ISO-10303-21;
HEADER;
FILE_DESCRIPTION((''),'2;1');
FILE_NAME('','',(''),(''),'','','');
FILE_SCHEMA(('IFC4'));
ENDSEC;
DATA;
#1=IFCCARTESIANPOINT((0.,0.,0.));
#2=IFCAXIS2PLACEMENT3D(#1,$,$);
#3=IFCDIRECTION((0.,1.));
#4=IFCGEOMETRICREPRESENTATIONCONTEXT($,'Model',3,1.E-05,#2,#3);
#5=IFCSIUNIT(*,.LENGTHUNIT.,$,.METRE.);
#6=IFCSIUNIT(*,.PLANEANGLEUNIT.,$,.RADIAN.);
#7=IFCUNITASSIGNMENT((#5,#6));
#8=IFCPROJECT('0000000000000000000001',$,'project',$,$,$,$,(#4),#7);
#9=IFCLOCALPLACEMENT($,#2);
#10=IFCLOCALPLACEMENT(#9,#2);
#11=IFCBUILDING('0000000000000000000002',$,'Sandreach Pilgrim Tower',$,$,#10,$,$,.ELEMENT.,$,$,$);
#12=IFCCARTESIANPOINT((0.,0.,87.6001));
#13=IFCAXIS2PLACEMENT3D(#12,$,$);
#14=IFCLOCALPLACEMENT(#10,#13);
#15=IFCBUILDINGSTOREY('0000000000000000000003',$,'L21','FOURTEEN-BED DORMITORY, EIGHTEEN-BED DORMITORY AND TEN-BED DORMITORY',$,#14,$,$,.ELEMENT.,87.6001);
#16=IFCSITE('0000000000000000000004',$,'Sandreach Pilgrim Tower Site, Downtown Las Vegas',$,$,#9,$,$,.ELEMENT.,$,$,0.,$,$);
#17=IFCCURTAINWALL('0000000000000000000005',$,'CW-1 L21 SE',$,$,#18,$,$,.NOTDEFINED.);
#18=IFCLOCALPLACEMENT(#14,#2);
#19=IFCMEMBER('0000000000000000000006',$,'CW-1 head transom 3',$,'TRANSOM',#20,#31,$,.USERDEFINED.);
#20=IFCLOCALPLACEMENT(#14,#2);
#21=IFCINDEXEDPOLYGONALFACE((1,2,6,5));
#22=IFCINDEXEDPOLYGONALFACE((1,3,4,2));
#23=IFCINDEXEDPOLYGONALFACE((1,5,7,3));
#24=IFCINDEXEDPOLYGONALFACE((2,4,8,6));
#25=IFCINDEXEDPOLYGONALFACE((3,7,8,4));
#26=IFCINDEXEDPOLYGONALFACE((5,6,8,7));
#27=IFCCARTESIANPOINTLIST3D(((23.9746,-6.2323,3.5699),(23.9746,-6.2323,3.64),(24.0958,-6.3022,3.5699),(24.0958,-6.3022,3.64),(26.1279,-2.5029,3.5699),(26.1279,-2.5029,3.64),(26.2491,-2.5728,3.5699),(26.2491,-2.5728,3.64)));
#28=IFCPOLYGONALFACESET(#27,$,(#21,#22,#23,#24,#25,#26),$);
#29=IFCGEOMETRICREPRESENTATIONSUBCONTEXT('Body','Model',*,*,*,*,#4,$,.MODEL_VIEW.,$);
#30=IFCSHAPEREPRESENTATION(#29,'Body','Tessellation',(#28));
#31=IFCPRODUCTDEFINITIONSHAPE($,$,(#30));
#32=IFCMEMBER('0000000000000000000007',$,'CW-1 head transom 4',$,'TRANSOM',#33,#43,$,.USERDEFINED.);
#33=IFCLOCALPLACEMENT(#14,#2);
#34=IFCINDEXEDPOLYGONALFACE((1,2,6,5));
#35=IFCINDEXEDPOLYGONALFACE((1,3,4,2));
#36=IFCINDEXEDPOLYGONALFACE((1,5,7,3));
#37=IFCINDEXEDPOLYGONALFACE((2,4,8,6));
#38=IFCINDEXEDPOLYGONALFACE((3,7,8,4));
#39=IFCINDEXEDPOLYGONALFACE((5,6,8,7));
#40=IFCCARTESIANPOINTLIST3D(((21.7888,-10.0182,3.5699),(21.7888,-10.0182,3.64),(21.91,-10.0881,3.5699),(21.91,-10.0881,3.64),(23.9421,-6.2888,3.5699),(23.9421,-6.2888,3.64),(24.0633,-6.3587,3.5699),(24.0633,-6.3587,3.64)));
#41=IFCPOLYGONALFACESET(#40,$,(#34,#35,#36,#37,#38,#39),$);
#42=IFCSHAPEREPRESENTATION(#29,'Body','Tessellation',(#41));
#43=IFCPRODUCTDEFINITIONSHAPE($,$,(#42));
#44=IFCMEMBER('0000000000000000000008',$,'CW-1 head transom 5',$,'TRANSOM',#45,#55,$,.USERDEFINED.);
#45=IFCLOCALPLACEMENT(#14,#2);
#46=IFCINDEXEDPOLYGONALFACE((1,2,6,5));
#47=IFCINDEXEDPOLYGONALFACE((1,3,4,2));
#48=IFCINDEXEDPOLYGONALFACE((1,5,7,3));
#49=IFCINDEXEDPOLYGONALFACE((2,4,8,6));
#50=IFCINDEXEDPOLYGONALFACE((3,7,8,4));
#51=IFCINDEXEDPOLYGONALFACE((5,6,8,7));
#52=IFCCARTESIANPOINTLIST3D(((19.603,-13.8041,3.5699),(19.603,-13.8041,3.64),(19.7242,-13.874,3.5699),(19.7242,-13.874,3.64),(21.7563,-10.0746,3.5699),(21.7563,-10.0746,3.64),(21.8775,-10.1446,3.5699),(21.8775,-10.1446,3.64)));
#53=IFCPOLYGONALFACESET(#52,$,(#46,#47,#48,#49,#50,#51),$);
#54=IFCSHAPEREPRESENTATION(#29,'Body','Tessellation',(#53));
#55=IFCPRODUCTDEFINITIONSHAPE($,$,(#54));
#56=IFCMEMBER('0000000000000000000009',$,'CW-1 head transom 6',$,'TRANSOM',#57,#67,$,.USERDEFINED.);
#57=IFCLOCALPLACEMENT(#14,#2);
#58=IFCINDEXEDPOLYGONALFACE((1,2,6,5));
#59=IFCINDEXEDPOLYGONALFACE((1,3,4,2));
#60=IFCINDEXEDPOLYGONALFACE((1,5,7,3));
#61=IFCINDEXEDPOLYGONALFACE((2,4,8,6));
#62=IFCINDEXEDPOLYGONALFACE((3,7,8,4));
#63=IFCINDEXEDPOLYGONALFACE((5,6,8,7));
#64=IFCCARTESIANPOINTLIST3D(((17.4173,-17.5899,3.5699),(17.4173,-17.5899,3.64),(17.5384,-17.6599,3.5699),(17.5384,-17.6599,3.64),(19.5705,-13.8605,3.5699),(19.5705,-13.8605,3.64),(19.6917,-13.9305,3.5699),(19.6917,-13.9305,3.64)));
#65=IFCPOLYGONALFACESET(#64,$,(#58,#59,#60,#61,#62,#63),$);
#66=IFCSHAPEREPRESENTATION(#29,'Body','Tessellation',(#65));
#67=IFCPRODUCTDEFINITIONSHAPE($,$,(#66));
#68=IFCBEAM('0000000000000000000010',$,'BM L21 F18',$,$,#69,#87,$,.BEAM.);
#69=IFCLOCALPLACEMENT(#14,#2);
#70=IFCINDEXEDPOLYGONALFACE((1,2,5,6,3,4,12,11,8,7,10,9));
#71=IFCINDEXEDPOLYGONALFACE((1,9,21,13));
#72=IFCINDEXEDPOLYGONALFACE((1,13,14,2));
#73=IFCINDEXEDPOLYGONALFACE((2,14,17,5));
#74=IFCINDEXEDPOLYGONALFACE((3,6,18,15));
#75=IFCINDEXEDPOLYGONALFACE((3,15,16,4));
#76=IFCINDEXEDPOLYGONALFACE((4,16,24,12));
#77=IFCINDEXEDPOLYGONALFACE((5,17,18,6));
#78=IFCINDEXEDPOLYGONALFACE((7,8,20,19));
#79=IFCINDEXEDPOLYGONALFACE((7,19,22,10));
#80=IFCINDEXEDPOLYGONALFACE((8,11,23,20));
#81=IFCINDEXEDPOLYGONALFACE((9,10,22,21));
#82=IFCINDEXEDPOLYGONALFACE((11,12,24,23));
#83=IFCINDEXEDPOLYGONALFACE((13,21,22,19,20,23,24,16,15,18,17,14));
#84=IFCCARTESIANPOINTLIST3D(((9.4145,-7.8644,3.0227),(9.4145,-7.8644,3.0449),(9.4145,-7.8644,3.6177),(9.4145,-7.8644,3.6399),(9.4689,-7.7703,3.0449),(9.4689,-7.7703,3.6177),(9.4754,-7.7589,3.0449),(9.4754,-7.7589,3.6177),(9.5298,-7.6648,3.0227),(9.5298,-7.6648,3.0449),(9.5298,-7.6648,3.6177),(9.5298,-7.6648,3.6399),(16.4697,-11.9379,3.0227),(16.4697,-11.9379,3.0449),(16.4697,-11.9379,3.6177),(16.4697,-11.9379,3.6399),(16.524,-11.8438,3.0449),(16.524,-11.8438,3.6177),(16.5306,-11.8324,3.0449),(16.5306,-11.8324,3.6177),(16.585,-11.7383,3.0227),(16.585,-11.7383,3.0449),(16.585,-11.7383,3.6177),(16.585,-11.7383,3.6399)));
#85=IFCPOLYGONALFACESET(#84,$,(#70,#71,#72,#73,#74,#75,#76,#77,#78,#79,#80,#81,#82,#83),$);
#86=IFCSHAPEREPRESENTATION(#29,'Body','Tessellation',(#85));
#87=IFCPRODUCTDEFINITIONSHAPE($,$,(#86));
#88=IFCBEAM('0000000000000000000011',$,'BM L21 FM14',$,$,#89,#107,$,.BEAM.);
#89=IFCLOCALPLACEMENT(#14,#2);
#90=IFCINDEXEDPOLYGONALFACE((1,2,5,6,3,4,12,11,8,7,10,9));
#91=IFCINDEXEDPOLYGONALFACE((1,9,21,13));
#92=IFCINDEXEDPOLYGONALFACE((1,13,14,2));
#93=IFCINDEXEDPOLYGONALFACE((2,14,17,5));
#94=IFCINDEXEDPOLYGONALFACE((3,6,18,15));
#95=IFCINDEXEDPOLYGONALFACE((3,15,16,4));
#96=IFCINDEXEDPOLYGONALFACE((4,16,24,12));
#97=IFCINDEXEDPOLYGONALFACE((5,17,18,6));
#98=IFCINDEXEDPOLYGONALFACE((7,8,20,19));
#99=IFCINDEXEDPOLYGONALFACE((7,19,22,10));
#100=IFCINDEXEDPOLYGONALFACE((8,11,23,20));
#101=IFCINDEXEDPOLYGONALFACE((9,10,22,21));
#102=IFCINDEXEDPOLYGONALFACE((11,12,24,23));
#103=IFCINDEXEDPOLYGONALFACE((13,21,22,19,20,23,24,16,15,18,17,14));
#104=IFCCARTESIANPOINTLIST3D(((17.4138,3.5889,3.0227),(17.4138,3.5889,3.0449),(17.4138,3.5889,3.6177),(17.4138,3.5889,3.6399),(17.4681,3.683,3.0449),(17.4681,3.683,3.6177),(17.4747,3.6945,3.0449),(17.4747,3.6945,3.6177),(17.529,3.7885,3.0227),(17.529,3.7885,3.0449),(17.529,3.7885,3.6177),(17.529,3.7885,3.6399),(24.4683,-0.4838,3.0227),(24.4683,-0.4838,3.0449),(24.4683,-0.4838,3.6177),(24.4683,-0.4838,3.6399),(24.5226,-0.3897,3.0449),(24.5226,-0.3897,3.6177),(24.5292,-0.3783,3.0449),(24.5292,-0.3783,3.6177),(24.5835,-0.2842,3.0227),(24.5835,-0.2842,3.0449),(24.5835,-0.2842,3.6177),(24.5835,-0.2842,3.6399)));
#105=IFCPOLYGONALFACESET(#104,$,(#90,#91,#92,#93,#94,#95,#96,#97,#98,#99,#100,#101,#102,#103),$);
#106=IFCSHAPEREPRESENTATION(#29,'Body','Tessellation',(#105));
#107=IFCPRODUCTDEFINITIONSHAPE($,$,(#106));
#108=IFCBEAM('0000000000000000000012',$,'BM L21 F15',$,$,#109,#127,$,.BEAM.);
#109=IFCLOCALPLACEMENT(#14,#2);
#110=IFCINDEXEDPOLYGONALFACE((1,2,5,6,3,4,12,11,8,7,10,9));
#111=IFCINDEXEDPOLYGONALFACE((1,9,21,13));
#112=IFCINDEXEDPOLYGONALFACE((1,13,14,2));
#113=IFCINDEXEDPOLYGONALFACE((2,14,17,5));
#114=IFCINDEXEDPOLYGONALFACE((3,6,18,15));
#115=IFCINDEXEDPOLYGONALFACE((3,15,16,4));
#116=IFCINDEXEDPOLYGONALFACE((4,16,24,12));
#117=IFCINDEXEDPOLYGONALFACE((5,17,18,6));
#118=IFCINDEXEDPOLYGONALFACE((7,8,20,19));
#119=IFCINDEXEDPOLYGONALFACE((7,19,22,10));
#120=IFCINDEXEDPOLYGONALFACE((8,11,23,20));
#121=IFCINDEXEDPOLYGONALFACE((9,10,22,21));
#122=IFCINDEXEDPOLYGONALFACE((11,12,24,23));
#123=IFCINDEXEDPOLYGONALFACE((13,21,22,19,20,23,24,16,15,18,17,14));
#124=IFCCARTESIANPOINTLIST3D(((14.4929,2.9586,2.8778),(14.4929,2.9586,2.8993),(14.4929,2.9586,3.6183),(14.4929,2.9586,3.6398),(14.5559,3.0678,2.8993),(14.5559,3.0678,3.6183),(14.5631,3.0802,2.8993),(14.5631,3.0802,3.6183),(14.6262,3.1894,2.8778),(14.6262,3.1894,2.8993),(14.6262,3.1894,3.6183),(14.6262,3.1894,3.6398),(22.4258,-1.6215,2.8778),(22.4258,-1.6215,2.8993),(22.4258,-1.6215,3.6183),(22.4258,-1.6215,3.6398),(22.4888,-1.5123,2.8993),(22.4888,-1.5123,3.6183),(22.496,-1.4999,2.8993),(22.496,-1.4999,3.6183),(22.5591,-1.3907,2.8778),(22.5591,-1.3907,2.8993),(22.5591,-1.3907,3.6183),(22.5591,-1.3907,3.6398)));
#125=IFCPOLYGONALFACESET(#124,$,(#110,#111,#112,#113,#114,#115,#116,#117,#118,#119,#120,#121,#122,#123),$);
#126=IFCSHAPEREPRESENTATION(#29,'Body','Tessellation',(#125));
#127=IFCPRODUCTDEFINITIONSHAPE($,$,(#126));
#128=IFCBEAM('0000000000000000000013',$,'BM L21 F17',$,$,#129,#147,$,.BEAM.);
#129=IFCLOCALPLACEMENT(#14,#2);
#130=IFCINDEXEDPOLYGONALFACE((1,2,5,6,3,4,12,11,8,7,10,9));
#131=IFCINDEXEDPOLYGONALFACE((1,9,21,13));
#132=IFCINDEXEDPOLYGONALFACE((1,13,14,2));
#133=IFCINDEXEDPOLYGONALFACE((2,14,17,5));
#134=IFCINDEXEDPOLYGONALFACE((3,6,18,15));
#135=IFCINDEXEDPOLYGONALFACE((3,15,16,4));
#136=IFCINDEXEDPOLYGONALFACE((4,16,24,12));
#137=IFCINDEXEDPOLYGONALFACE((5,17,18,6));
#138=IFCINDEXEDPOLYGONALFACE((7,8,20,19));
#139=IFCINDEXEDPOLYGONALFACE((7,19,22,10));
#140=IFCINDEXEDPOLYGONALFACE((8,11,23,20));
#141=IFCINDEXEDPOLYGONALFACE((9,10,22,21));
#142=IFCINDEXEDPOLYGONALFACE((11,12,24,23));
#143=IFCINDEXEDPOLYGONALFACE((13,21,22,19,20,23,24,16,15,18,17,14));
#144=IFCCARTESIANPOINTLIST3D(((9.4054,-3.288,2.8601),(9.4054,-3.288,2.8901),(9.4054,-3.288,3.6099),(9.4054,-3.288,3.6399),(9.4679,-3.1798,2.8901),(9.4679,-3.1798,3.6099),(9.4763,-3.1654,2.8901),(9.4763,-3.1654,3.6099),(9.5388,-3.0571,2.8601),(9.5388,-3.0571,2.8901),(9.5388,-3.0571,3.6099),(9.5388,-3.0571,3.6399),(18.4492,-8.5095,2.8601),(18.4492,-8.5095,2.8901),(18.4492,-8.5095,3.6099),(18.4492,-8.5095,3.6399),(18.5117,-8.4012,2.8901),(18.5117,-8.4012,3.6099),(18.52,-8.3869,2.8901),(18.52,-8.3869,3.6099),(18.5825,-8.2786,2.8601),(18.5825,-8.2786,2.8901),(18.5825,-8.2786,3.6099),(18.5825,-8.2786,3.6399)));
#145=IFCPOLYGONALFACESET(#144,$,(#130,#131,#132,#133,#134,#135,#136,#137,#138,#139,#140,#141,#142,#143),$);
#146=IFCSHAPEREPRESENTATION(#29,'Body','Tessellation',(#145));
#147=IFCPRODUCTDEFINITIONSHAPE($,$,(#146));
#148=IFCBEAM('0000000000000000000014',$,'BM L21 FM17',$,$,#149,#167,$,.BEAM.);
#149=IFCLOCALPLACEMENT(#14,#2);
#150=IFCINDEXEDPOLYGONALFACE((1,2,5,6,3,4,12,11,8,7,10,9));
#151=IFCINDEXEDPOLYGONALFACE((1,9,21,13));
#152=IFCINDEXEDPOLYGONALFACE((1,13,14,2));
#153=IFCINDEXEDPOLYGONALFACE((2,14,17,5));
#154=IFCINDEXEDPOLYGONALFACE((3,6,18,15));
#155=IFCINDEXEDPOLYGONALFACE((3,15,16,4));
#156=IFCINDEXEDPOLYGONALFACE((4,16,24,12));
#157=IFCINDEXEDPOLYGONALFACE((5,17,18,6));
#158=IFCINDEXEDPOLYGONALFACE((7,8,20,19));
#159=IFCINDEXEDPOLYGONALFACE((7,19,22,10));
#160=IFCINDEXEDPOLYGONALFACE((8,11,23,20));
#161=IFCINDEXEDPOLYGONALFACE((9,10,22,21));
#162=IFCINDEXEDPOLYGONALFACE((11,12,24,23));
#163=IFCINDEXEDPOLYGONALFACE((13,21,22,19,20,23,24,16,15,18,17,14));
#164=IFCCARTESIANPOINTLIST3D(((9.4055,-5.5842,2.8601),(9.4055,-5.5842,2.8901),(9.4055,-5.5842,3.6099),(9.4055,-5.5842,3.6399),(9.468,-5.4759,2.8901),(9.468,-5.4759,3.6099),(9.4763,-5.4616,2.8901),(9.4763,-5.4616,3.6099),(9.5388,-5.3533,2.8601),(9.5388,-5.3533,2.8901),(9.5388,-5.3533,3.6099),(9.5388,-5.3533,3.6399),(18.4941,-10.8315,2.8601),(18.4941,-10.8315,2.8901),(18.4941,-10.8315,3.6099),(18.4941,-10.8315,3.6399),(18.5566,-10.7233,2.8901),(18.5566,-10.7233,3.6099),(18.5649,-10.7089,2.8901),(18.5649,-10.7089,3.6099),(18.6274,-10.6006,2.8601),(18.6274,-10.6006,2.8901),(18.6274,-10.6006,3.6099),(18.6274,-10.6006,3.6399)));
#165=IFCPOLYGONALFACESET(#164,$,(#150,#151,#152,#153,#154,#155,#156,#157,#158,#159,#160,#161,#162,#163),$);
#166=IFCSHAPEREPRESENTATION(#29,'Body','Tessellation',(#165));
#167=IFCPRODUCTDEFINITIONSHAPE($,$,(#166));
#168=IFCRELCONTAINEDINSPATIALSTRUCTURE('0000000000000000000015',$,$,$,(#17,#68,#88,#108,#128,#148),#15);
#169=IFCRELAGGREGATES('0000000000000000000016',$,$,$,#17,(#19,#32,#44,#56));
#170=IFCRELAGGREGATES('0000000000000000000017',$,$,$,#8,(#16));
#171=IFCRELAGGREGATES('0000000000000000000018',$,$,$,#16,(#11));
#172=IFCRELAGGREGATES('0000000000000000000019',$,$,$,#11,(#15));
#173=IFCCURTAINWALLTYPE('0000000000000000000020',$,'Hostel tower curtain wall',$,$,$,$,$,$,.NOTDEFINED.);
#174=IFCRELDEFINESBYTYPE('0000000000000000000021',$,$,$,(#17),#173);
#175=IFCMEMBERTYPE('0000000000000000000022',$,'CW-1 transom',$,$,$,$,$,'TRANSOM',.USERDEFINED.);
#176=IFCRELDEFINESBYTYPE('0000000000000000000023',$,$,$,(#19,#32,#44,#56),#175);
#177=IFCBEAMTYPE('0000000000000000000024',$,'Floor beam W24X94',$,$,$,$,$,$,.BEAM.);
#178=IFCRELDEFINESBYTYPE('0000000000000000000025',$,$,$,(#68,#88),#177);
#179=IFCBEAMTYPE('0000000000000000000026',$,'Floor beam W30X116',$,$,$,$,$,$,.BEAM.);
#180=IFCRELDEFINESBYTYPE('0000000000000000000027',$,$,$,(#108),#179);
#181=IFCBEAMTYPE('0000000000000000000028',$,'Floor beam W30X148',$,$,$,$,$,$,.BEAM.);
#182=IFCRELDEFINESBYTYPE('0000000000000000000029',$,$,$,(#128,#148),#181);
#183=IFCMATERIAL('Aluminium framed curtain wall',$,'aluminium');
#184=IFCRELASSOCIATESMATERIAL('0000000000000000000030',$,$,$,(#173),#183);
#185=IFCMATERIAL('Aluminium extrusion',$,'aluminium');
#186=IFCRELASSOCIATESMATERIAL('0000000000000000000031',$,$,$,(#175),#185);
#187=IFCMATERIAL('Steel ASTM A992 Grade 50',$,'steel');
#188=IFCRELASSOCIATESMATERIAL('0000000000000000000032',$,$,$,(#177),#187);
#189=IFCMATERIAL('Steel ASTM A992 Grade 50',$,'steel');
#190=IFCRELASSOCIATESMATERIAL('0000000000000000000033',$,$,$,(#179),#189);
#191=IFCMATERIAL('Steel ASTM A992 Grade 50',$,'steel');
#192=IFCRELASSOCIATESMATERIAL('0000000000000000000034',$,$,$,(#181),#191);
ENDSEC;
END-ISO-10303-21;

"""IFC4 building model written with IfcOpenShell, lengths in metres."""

from ifc_helpers import new_model, si_unit, direction, frame, origin, origin_2d, place, context, subcontext, project, spatial, rectangle, i_section, extrude, material, material_profile, profile_set, type_object, element, aggregate, save


model = new_model("IFC4")

# Units and contexts
model_context = context("Model", 3, precision=1e-05, world=origin(), true_north=direction((0.0, 1.0)))
body_context = subcontext(model_context, "Body", "Model", "MODEL_VIEW")
ifc_project = project(units=[si_unit("LENGTHUNIT", "METRE"), si_unit("PLANEANGLEUNIT", "RADIAN")], contexts=[model_context])

# Site, building, storey
site_placement = place(None, origin())
site = spatial("IfcSite", under=ifc_project, at=site_placement, Name="Sandreach Pilgrim Tower Site, Downtown Las Vegas", CompositionType="ELEMENT", RefElevation=0.0)
building_placement = place(site_placement, origin())
building = spatial("IfcBuilding", under=site, at=building_placement, Name="Sandreach Pilgrim Tower", CompositionType="ELEMENT")
storey_placement = place(building_placement, frame((0.0, 0.0, 87.6001)))
storey = spatial("IfcBuildingStorey", under=building, at=storey_placement, Name="L21", Description="FOURTEEN-BED DORMITORY, EIGHTEEN-BED DORMITORY AND TEN-BED DORMITORY", CompositionType="ELEMENT", Elevation=87.6001)

# Curtain wall, members
ifc_material_1 = material(Name="Aluminium framed curtain wall", Category="aluminium")
curtain_wall_type = type_object("IfcCurtainWallType", Name="Hostel tower curtain wall", PredefinedType="NOTDEFINED", material=ifc_material_1)
curtain_wall_placement = place(storey_placement, origin())
curtain_wall = element("IfcCurtainWall", 1, at=curtain_wall_placement, inside=storey, type_object=curtain_wall_type, Name="CW-1 L21 SE", PredefinedType="NOTDEFINED")
ifc_material_2 = material(Name="Aluminium extrusion", Category="aluminium")
ifc_material_profile_1 = material_profile(ifc_material_2, rectangle(XDim=0.1399, YDim=0.0701, at=origin_2d()), Name="CW-1T 140X70")
ifc_profile_set_1 = profile_set([ifc_material_profile_1], Name="Aluminium extrusion")
member_type_1 = type_object("IfcMemberType", Name="CW-1 transom", ElementType="TRANSOM", PredefinedType="USERDEFINED", material=ifc_profile_set_1)
member_1_placement = place(storey_placement, frame((26.1885, -2.5378, 3.605), z_axis=(-0.500017, -0.866016, 0.0), x_axis=(0.866016, -0.500017, 0.0)))
member_1 = element("IfcMember", 2, at=member_1_placement, type_object=member_type_1, Name="CW-1 head transom 3", ObjectType="TRANSOM", PredefinedType="USERDEFINED", context=body_context, shape_type="SweptSolid", body=[
    extrude(rectangle(XDim=0.1399, YDim=0.0701, at=origin_2d()), origin(), (0.0, 0.0, 1.0), 4.3064),
])
member_2_placement = place(storey_placement, frame((24.0027, -6.3237, 3.605), z_axis=(-0.500017, -0.866016, 0.0), x_axis=(0.866016, -0.500017, 0.0)))
member_2 = element("IfcMember", 3, at=member_2_placement, type_object=member_type_1, Name="CW-1 head transom 4", ObjectType="TRANSOM", PredefinedType="USERDEFINED", context=body_context, shape_type="SweptSolid", body=[
    extrude(rectangle(XDim=0.1399, YDim=0.0701, at=origin_2d()), origin(), (0.0, 0.0, 1.0), 4.3064),
])
member_3_placement = place(storey_placement, frame((21.8169, -10.1096, 3.605), z_axis=(-0.500017, -0.866016, 0.0), x_axis=(0.866016, -0.500017, 0.0)))
member_3 = element("IfcMember", 4, at=member_3_placement, type_object=member_type_1, Name="CW-1 head transom 5", ObjectType="TRANSOM", PredefinedType="USERDEFINED", context=body_context, shape_type="SweptSolid", body=[
    extrude(rectangle(XDim=0.1399, YDim=0.0701, at=origin_2d()), origin(), (0.0, 0.0, 1.0), 4.3064),
])
member_4_placement = place(storey_placement, frame((19.6311, -13.8955, 3.605), z_axis=(-0.500017, -0.866016, 0.0), x_axis=(0.866016, -0.500017, 0.0)))
member_4 = element("IfcMember", 5, at=member_4_placement, type_object=member_type_1, Name="CW-1 head transom 6", ObjectType="TRANSOM", PredefinedType="USERDEFINED", context=body_context, shape_type="SweptSolid", body=[
    extrude(rectangle(XDim=0.1399, YDim=0.0701, at=origin_2d()), origin(), (0.0, 0.0, 1.0), 4.3064),
])

# Beams
ifc_material_3 = material(Name="Steel ASTM A992 Grade 50", Category="steel")
ifc_material_profile_2 = material_profile(ifc_material_3, i_section(OverallWidth=0.2305, OverallDepth=0.6172, WebThickness=0.0132, FlangeThickness=0.0222, at=origin_2d()), Name="W24X94")
ifc_profile_set_2 = profile_set([ifc_material_profile_2], Name="Steel ASTM A992 Grade 50")
beam_type_1 = type_object("IfcBeamType", Name="Floor beam W24X94", PredefinedType="BEAM", material=ifc_profile_set_2)
beam_1_placement = place(storey_placement, frame((16.5273, -11.8381, 3.3313), z_axis=(-0.866016, 0.500016, 0.0), x_axis=(-0.500016, -0.866016, 0.0)))
element("IfcBeam", 6, at=beam_1_placement, inside=storey, type_object=beam_type_1, Name="BM L21 F18", PredefinedType="BEAM", context=body_context, shape_type="SweptSolid", body=[
    extrude(i_section(OverallWidth=0.2305, OverallDepth=0.6172, WebThickness=0.0132, FlangeThickness=0.0222, at=origin_2d()), origin(), (0.0, 0.0, 1.0), 8.1467),
])
beam_2_placement = place(storey_placement, frame((24.5259, -0.384, 3.3313), z_axis=(-0.866032, 0.499988, 0.0), x_axis=(-0.499988, -0.866032, 0.0)))
element("IfcBeam", 7, at=beam_2_placement, inside=storey, type_object=beam_type_1, Name="BM L21 FM14", PredefinedType="BEAM", context=body_context, shape_type="SweptSolid", body=[
    extrude(i_section(OverallWidth=0.2305, OverallDepth=0.6172, WebThickness=0.0132, FlangeThickness=0.0222, at=origin_2d()), origin(), (0.0, 0.0, 1.0), 8.1458),
])
ifc_material_4 = material(Name="Steel ASTM A992 Grade 50", Category="steel")
ifc_material_profile_3 = material_profile(ifc_material_4, i_section(OverallWidth=0.2666, OverallDepth=0.762, WebThickness=0.0144, FlangeThickness=0.0215, at=origin_2d()), Name="W30X116")
ifc_profile_set_3 = profile_set([ifc_material_profile_3], Name="Steel ASTM A992 Grade 50")
beam_type_2 = type_object("IfcBeamType", Name="Floor beam W30X116", PredefinedType="BEAM", material=ifc_profile_set_3)
beam_3_placement = place(storey_placement, frame((22.4924, -1.5061, 3.2588), z_axis=(-0.866024, 0.500003, 0.0), x_axis=(-0.500003, -0.866024, 0.0)))
element("IfcBeam", 8, at=beam_3_placement, inside=storey, type_object=beam_type_2, Name="BM L21 F15", PredefinedType="BEAM", context=body_context, shape_type="SweptSolid", body=[
    extrude(i_section(OverallWidth=0.2666, OverallDepth=0.762, WebThickness=0.0144, FlangeThickness=0.0215, at=origin_2d()), origin(), (0.0, 0.0, 1.0), 9.1602),
])
ifc_material_5 = material(Name="Steel ASTM A992 Grade 50", Category="steel")
ifc_material_profile_4 = material_profile(ifc_material_5, i_section(OverallWidth=0.2666, OverallDepth=0.7798, WebThickness=0.0166, FlangeThickness=0.03, at=origin_2d()), Name="W30X148")
ifc_profile_set_4 = profile_set([ifc_material_profile_4], Name="Steel ASTM A992 Grade 50")
beam_type_3 = type_object("IfcBeamType", Name="Floor beam W30X148", PredefinedType="BEAM", material=ifc_profile_set_4)
beam_4_placement = place(storey_placement, frame((18.5159, -8.394, 3.25), z_axis=(-0.866023, 0.500004, 0.0), x_axis=(-0.500004, -0.866023, 0.0)))
element("IfcBeam", 9, at=beam_4_placement, inside=storey, type_object=beam_type_3, Name="BM L21 F17", PredefinedType="BEAM", context=body_context, shape_type="SweptSolid", body=[
    extrude(i_section(OverallWidth=0.2666, OverallDepth=0.7798, WebThickness=0.0166, FlangeThickness=0.03, at=origin_2d()), origin(), (0.0, 0.0, 1.0), 10.4429),
])
beam_5_placement = place(storey_placement, frame((18.5608, -10.7161, 3.25), z_axis=(-0.866026, 0.5, 0.0), x_axis=(-0.5, -0.866026, 0.0)))
element("IfcBeam", 10, at=beam_5_placement, inside=storey, type_object=beam_type_3, Name="BM L21 FM17", PredefinedType="BEAM", context=body_context, shape_type="SweptSolid", body=[
    extrude(i_section(OverallWidth=0.2666, OverallDepth=0.7798, WebThickness=0.0166, FlangeThickness=0.03, at=origin_2d()), origin(), (0.0, 0.0, 1.0), 10.4946),
])

aggregate(curtain_wall, [member_1, member_2, member_3, member_4])

save(model, "model.ifc")
